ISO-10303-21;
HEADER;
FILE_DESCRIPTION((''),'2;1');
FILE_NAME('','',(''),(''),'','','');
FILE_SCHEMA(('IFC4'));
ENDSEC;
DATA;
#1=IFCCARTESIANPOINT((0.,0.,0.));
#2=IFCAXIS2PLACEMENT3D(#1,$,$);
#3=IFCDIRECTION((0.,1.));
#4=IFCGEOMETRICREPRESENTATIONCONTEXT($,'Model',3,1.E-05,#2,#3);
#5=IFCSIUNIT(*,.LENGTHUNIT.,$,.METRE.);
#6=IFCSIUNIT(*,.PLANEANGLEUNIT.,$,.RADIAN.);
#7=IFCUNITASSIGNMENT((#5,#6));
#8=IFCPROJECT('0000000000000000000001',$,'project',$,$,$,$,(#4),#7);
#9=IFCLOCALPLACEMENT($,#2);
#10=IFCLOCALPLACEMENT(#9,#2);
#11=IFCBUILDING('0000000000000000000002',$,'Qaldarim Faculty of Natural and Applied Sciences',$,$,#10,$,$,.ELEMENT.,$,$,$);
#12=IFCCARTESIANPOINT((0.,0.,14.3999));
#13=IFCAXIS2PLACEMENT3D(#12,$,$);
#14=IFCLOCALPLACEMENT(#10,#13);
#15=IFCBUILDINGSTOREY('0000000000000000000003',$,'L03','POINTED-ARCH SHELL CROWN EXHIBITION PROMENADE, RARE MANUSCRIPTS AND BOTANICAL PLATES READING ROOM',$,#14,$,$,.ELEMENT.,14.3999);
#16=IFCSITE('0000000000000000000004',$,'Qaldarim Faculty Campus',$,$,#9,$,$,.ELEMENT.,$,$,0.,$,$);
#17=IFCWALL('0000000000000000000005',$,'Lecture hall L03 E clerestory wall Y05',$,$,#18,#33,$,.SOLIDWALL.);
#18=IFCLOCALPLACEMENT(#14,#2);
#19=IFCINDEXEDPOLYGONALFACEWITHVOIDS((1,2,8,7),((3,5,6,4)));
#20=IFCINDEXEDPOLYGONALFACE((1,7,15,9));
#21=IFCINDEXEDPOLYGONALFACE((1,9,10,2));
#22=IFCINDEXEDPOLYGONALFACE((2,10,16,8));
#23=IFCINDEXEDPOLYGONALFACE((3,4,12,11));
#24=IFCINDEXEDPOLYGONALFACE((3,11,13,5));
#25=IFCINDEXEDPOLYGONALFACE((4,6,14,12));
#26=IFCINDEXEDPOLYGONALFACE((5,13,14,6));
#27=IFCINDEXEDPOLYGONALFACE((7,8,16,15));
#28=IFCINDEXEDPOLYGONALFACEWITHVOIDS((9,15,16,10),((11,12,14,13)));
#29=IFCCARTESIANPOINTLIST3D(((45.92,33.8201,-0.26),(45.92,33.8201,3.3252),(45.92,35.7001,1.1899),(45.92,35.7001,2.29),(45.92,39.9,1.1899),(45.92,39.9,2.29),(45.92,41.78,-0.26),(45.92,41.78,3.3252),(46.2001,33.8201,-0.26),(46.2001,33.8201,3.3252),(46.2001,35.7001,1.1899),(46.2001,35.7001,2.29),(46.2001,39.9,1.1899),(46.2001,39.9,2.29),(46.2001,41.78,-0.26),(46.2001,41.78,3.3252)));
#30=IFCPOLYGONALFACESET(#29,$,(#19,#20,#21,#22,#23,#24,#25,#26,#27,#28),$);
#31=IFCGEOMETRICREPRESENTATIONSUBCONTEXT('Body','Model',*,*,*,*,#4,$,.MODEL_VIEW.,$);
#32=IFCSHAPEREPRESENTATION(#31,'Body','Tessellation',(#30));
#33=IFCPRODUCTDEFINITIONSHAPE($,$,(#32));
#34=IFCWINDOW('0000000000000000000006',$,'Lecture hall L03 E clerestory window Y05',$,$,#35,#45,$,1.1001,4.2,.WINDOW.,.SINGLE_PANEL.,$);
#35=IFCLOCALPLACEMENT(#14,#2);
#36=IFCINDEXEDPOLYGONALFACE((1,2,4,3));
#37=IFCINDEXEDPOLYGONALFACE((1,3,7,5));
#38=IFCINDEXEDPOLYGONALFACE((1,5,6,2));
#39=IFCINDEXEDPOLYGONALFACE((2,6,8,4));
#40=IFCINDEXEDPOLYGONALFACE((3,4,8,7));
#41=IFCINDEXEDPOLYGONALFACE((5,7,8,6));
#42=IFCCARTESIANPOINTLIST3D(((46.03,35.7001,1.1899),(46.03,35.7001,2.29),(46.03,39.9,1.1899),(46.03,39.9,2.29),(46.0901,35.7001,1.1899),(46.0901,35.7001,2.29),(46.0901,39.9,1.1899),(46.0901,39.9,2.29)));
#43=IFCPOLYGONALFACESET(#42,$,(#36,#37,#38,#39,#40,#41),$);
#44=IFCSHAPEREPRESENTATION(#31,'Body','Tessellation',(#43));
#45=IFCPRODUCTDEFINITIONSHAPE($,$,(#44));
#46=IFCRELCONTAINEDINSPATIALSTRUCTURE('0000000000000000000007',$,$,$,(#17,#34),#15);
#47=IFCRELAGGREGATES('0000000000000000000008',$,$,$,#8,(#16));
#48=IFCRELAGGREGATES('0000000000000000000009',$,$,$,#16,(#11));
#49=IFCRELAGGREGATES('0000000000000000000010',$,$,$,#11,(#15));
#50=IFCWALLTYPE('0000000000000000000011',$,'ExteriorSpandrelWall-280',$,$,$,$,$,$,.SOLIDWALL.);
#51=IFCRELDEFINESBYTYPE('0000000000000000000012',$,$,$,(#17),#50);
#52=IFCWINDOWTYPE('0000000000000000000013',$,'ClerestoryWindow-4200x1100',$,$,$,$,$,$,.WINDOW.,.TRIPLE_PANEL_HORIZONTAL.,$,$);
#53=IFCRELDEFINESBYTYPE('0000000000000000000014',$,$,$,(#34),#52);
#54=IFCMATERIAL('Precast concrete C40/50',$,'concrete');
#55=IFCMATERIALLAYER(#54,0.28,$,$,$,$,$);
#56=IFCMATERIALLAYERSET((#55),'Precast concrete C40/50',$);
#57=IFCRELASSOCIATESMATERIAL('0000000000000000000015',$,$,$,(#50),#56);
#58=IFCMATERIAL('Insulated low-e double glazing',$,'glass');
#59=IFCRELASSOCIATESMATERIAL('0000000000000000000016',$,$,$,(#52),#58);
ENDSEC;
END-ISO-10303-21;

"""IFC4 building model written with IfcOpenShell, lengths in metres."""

from ifc_helpers import new_model, si_unit, direction, frame, frame_2d, origin, place, context, subcontext, project, spatial, rectangle, extrude, material, layer, layer_set, type_object, element, fill, save


model = new_model("IFC4")

# Units and contexts
model_context = context("Model", 3, precision=1e-05, world=origin(), true_north=direction((0.0, 1.0)))
body_context = subcontext(model_context, "Body", "Model", "MODEL_VIEW")
ifc_project = project(units=[si_unit("LENGTHUNIT", "METRE"), si_unit("PLANEANGLEUNIT", "RADIAN")], contexts=[model_context])

# Site, building, storey
site_placement = place(None, origin())
site = spatial("IfcSite", under=ifc_project, at=site_placement, Name="Qaldarim Faculty Campus", CompositionType="ELEMENT", RefElevation=0.0)
building_placement = place(site_placement, origin())
building = spatial("IfcBuilding", under=site, at=building_placement, Name="Qaldarim Faculty of Natural and Applied Sciences", CompositionType="ELEMENT")
storey_placement = place(building_placement, frame((0.0, 0.0, 14.3999)))
storey = spatial("IfcBuildingStorey", under=building, at=storey_placement, Name="L03", Description="POINTED-ARCH SHELL CROWN EXHIBITION PROMENADE, RARE MANUSCRIPTS AND BOTANICAL PLATES READING ROOM", CompositionType="ELEMENT", Elevation=14.3999)

# Shared definitions
ifc_material_1 = material(Name="Precast concrete C40/50", Category="concrete")

# Wall, opening, window
ifc_layer_1 = layer(ifc_material_1, 0.28)
ifc_layer_set_1 = layer_set([ifc_layer_1], Name="Precast concrete C40/50")
wall_type = type_object("IfcWallType", Name="ExteriorSpandrelWall-280", PredefinedType="SOLIDWALL", material=ifc_layer_set_1)
ifc_material_2 = material(Name="Insulated low-e double glazing", Category="glass")
window_type = type_object("IfcWindowType", Name="ClerestoryWindow-4200x1100", PartitioningType="TRIPLE_PANEL_HORIZONTAL", PredefinedType="WINDOW", material=ifc_material_2)
wall_1_placement = place(storey_placement, frame((46.0601, 33.8201, -0.26), z_axis=(0.0, 0.0, 1.0), x_axis=(0.0, 1.0, 0.0)))
wall_1 = element("IfcWall", 1, at=wall_1_placement, inside=storey, type_object=wall_type, Name="Lecture hall L03 E clerestory wall Y05", PredefinedType="SOLIDWALL", context=body_context, shape_type="SweptSolid", body=[
    extrude(rectangle(XDim=7.96, YDim=0.28, at=frame_2d((3.98, 0.0))), origin(), (0.0, 0.0, 1.0), 3.5852),
])
opening_1_placement = place(wall_1_placement, frame((1.8799, 0.0, 1.45)))
opening_1 = element("IfcOpeningElement", 2, at=opening_1_placement, cuts=wall_1, PredefinedType="OPENING", context=body_context, shape_type="SweptSolid", body=[
    extrude(rectangle(XDim=4.2, YDim=1.1001, at=frame_2d((2.1001, 0.55))), frame((0.0, 0.1499, 0.0), z_axis=(0.0, -1.0, 0.0), x_axis=(1.0, 0.0, 0.0)), (0.0, 0.0, 1.0), 0.3),
])
window_1_placement = place(opening_1_placement, origin())
window_1 = element("IfcWindow", 3, at=window_1_placement, inside=storey, type_object=window_type, Name="Lecture hall L03 E clerestory window Y05", OverallHeight=1.1001, OverallWidth=4.2, PartitioningType="SINGLE_PANEL", PredefinedType="WINDOW", context=body_context, shape_type="SweptSolid", body=[
    extrude(rectangle(XDim=4.2, YDim=1.1001, at=frame_2d((2.1001, 0.55))), frame((0.0, 0.03, 0.0), z_axis=(0.0, -1.0, 0.0), x_axis=(1.0, 0.0, 0.0)), (0.0, 0.0, 1.0), 0.0601),
])
fill(opening_1, window_1)

save(model, "model.ifc")
